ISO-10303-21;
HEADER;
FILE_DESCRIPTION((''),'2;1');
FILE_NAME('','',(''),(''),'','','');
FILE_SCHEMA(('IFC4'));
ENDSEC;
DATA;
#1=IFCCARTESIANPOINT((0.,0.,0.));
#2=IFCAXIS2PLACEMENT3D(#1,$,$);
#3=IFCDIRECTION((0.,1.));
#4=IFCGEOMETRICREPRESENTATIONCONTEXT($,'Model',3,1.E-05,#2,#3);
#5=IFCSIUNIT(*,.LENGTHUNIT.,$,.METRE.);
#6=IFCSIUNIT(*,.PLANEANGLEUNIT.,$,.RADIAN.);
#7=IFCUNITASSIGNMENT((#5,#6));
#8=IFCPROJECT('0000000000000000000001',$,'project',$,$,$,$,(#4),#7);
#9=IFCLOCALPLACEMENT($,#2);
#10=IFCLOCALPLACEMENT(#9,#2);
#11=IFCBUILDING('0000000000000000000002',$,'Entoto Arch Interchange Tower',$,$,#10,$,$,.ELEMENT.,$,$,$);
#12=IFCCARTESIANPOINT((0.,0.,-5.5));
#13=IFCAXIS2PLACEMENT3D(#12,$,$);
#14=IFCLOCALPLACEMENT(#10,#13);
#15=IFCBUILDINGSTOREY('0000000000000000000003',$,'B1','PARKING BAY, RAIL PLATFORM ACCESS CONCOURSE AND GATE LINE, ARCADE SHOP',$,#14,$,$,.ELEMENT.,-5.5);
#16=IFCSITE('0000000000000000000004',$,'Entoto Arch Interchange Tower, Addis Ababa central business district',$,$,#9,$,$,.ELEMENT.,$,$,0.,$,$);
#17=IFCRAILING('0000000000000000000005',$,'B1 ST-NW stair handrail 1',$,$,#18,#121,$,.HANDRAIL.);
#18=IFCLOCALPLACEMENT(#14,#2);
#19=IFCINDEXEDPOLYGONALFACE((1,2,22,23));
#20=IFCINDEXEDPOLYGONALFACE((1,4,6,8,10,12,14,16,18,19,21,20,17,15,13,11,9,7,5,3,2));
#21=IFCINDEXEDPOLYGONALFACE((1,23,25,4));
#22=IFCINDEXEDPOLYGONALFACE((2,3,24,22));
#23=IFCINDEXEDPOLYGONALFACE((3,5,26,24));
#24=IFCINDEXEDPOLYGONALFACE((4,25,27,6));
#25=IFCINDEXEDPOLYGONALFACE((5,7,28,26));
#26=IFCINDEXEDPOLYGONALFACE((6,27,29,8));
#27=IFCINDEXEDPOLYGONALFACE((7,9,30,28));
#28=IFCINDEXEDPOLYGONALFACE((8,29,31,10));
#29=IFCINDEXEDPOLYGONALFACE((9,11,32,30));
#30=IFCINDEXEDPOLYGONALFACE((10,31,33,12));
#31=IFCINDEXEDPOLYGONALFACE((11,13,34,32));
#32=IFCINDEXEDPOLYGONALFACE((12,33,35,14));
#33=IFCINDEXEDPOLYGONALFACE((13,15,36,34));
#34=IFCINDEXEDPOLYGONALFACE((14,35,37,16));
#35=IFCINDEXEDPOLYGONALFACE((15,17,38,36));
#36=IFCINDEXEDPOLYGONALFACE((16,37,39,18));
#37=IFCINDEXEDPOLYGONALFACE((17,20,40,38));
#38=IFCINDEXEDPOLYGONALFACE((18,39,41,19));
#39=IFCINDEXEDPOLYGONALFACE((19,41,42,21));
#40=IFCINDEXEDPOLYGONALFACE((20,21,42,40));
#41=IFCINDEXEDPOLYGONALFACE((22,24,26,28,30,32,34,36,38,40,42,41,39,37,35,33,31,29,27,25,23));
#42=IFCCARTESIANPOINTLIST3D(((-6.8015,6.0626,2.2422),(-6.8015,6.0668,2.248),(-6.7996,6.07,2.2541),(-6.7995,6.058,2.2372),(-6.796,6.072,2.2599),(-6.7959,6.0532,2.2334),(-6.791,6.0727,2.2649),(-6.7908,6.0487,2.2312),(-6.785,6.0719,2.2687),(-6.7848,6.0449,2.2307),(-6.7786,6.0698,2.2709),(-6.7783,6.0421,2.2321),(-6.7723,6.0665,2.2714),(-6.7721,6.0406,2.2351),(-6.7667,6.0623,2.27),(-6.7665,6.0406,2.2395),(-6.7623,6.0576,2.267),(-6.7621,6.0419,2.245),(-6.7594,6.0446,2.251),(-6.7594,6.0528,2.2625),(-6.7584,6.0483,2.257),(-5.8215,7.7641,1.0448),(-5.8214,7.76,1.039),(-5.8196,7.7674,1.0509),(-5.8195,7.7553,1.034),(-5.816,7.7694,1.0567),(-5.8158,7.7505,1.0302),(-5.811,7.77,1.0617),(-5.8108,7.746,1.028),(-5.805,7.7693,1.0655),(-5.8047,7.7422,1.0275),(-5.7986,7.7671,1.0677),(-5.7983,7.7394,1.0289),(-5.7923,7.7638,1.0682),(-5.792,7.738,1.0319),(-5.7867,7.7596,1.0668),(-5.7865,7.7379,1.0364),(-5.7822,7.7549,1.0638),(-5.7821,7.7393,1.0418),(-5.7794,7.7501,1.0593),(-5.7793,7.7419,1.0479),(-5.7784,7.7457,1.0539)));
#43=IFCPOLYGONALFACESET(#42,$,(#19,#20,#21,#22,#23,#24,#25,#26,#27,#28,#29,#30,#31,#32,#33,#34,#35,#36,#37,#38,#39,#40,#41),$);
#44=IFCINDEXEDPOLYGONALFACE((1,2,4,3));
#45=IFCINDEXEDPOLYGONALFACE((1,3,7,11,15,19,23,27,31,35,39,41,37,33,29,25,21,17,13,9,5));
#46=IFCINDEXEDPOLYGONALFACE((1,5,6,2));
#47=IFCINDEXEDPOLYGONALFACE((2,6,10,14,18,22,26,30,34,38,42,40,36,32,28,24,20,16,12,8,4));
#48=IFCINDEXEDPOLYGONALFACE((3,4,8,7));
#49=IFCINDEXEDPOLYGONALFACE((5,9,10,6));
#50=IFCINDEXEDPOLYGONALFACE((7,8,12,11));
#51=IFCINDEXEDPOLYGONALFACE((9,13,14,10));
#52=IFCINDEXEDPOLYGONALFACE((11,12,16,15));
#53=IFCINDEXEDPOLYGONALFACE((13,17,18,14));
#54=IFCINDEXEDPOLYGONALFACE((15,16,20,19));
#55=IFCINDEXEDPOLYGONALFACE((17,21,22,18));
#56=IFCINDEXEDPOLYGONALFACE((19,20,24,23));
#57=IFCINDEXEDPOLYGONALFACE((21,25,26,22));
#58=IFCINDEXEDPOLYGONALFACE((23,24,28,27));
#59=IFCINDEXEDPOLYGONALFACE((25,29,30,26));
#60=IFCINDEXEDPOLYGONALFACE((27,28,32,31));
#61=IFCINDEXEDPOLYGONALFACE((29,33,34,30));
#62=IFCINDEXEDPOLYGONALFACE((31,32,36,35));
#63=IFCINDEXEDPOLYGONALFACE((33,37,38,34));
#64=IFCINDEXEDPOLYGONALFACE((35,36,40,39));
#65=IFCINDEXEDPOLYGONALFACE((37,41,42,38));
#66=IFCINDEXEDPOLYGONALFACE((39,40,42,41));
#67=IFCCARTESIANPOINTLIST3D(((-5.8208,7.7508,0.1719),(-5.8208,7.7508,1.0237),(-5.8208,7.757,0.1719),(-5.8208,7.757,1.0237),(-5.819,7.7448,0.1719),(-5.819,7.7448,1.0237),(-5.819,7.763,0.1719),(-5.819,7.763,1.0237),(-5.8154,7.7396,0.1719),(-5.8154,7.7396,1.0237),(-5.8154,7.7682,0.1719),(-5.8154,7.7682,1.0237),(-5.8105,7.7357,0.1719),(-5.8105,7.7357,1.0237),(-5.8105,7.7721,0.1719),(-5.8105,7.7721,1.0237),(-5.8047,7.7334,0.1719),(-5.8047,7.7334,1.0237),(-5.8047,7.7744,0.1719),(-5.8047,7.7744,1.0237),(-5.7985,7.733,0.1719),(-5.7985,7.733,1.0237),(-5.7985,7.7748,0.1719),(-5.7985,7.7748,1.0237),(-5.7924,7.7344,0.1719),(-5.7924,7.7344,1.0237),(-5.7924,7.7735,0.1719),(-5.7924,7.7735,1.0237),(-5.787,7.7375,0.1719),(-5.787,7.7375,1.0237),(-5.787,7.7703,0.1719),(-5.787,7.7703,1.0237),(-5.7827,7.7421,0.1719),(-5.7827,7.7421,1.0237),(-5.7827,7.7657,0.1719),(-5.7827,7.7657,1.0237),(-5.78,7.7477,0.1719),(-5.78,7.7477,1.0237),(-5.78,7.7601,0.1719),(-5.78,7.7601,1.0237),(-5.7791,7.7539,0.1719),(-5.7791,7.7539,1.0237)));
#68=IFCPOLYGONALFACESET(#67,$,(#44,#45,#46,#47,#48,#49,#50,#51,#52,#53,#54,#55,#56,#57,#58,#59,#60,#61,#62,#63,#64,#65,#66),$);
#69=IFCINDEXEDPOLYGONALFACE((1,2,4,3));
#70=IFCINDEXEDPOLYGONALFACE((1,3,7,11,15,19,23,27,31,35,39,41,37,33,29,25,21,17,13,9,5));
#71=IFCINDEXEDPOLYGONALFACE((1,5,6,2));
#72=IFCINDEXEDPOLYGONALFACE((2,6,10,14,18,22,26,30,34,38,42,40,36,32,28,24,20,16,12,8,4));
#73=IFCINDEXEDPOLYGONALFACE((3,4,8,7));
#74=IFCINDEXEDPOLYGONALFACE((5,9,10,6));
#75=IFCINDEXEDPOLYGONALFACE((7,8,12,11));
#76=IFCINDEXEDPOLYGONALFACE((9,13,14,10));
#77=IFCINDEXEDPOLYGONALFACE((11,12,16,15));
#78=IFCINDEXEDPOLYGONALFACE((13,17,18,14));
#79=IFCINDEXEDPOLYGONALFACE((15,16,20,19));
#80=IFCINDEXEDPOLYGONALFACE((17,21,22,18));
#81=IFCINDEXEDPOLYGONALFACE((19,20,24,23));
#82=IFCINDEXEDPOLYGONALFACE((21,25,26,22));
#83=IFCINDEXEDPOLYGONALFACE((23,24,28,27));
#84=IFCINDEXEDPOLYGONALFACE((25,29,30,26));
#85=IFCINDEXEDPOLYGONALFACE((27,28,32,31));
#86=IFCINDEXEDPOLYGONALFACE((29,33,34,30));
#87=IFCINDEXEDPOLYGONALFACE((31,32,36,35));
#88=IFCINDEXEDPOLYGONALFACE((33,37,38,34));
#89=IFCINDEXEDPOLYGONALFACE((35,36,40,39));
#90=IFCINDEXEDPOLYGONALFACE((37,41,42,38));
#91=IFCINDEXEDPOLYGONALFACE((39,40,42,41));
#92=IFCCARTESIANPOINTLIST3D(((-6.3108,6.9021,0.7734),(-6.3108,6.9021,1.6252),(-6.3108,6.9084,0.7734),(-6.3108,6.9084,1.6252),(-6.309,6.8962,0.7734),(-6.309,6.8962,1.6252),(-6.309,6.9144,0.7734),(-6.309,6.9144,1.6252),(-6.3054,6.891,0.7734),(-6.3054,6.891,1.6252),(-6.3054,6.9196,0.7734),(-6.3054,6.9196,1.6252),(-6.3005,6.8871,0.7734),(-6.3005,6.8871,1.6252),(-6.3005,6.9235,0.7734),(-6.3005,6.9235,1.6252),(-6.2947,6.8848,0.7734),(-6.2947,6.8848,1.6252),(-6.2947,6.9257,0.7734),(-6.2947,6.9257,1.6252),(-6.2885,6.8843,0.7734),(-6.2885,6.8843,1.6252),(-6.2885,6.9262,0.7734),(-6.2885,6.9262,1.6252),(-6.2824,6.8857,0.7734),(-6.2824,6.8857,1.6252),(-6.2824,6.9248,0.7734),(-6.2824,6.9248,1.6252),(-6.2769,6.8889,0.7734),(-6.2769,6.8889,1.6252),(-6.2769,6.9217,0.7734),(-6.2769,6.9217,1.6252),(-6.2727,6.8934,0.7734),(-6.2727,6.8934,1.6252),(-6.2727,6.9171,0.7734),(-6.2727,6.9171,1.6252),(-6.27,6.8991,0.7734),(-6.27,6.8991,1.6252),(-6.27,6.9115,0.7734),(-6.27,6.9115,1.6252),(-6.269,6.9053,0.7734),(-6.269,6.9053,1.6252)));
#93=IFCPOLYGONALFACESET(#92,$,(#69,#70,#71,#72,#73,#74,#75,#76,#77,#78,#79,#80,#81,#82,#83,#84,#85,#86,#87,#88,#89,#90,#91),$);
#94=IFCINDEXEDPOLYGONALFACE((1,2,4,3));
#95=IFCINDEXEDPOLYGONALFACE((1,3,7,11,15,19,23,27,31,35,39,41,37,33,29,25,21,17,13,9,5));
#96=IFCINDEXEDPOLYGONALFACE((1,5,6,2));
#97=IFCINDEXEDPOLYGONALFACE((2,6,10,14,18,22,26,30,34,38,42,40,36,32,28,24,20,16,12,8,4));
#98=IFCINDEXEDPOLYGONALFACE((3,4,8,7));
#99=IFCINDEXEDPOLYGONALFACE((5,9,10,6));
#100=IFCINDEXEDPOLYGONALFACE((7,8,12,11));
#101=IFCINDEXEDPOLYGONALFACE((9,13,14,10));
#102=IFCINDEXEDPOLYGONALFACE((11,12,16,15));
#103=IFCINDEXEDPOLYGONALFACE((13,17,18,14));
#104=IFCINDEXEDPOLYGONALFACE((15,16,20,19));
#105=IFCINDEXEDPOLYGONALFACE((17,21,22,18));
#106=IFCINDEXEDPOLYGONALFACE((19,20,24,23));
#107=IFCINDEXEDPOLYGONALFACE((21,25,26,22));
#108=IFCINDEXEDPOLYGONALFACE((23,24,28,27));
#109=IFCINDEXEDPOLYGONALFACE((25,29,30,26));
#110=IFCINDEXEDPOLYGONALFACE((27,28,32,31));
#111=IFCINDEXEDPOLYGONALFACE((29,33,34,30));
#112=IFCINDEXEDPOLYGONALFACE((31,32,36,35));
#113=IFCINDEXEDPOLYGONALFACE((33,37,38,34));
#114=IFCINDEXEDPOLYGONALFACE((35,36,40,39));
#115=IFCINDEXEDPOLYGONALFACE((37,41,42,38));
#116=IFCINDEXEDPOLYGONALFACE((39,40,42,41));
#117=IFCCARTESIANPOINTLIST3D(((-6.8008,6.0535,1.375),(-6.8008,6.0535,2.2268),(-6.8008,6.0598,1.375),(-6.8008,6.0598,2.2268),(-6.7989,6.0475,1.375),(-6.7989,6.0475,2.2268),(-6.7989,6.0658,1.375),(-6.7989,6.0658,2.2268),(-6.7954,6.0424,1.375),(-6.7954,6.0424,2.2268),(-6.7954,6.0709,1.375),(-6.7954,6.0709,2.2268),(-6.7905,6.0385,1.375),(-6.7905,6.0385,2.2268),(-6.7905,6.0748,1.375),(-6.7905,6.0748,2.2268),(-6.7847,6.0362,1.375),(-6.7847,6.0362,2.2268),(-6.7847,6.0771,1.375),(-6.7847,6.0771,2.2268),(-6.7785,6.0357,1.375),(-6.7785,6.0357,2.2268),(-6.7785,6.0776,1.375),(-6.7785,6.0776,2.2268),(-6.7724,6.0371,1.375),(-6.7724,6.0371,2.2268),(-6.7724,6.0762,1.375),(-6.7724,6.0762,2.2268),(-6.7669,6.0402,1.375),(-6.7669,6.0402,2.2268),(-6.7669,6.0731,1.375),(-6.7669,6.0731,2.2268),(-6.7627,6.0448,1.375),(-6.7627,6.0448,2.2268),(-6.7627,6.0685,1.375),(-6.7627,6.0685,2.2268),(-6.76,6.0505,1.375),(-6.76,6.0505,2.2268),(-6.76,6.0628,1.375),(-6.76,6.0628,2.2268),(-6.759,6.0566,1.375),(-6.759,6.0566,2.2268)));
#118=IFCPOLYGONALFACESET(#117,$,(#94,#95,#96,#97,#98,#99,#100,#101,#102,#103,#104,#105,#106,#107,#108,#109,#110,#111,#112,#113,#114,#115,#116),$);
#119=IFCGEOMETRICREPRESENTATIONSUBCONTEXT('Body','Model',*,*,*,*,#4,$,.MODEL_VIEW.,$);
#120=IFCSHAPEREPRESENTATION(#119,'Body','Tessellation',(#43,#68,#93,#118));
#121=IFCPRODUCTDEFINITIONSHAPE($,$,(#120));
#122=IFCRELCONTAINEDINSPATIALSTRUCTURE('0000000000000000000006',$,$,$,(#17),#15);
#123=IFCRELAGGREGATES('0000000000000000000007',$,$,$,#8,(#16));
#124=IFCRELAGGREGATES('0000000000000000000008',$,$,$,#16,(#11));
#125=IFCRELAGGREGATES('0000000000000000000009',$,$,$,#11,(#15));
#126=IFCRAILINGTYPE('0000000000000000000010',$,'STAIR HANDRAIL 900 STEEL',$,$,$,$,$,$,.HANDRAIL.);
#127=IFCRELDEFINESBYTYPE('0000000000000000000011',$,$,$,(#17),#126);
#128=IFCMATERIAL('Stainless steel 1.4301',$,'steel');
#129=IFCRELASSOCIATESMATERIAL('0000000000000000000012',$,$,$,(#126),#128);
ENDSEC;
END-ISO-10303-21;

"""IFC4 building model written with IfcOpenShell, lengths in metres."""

from ifc_helpers import new_model, si_unit, direction, frame, origin, origin_2d, place, context, subcontext, project, spatial, circle, extrude, material, type_object, element, save


model = new_model("IFC4")

# Units and contexts
model_context = context("Model", 3, precision=1e-05, world=origin(), true_north=direction((0.0, 1.0)))
body_context = subcontext(model_context, "Body", "Model", "MODEL_VIEW")
ifc_project = project(units=[si_unit("LENGTHUNIT", "METRE"), si_unit("PLANEANGLEUNIT", "RADIAN")], contexts=[model_context])

# Site, building, storey
site_placement = place(None, origin())
site = spatial("IfcSite", under=ifc_project, at=site_placement, Name="Entoto Arch Interchange Tower, Addis Ababa central business district", CompositionType="ELEMENT", RefElevation=0.0)
building_placement = place(site_placement, origin())
building = spatial("IfcBuilding", under=site, at=building_placement, Name="Entoto Arch Interchange Tower", CompositionType="ELEMENT")
storey_placement = place(building_placement, frame((0.0, 0.0, -5.5)))
storey = spatial("IfcBuildingStorey", under=building, at=storey_placement, Name="B1", Description="PARKING BAY, RAIL PLATFORM ACCESS CONCOURSE AND GATE LINE, ARCADE SHOP", CompositionType="ELEMENT", Elevation=-5.5)

# Railing
ifc_material_1 = material(Name="Stainless steel 1.4301", Category="steel")
railing_type_1 = type_object("IfcRailingType", Name="STAIR HANDRAIL 900 STEEL", PredefinedType="HANDRAIL", material=ifc_material_1)
railing_1_placement = place(storey_placement, frame((-5.8, 7.7539, 0.1719)))
element("IfcRailing", 1, at=railing_1_placement, inside=storey, type_object=railing_type_1, Name="B1 ST-NW stair handrail 1", PredefinedType="HANDRAIL", context=body_context, shape_type="SweptSolid", body=[
    extrude(circle(Radius=0.0239, at=origin_2d()), frame((0.0, 0.0, 0.876), z_axis=(-0.426136, -0.73804, 0.523168), x_axis=(0.866011, -0.500024, 0.0)), (0.0, 0.0, 1.0), 2.2998),
    extrude(circle(Radius=0.021, at=origin_2d()), origin(), (0.0, 0.0, 1.0), 0.8518),
    extrude(circle(Radius=0.021, at=origin_2d()), frame((-0.49, -0.8486, 0.6016)), (0.0, 0.0, 1.0), 0.8518),
    extrude(circle(Radius=0.021, at=origin_2d()), frame((-0.98, -1.6973, 1.2031)), (0.0, 0.0, 1.0), 0.8518),
])

save(model, "model.ifc")
